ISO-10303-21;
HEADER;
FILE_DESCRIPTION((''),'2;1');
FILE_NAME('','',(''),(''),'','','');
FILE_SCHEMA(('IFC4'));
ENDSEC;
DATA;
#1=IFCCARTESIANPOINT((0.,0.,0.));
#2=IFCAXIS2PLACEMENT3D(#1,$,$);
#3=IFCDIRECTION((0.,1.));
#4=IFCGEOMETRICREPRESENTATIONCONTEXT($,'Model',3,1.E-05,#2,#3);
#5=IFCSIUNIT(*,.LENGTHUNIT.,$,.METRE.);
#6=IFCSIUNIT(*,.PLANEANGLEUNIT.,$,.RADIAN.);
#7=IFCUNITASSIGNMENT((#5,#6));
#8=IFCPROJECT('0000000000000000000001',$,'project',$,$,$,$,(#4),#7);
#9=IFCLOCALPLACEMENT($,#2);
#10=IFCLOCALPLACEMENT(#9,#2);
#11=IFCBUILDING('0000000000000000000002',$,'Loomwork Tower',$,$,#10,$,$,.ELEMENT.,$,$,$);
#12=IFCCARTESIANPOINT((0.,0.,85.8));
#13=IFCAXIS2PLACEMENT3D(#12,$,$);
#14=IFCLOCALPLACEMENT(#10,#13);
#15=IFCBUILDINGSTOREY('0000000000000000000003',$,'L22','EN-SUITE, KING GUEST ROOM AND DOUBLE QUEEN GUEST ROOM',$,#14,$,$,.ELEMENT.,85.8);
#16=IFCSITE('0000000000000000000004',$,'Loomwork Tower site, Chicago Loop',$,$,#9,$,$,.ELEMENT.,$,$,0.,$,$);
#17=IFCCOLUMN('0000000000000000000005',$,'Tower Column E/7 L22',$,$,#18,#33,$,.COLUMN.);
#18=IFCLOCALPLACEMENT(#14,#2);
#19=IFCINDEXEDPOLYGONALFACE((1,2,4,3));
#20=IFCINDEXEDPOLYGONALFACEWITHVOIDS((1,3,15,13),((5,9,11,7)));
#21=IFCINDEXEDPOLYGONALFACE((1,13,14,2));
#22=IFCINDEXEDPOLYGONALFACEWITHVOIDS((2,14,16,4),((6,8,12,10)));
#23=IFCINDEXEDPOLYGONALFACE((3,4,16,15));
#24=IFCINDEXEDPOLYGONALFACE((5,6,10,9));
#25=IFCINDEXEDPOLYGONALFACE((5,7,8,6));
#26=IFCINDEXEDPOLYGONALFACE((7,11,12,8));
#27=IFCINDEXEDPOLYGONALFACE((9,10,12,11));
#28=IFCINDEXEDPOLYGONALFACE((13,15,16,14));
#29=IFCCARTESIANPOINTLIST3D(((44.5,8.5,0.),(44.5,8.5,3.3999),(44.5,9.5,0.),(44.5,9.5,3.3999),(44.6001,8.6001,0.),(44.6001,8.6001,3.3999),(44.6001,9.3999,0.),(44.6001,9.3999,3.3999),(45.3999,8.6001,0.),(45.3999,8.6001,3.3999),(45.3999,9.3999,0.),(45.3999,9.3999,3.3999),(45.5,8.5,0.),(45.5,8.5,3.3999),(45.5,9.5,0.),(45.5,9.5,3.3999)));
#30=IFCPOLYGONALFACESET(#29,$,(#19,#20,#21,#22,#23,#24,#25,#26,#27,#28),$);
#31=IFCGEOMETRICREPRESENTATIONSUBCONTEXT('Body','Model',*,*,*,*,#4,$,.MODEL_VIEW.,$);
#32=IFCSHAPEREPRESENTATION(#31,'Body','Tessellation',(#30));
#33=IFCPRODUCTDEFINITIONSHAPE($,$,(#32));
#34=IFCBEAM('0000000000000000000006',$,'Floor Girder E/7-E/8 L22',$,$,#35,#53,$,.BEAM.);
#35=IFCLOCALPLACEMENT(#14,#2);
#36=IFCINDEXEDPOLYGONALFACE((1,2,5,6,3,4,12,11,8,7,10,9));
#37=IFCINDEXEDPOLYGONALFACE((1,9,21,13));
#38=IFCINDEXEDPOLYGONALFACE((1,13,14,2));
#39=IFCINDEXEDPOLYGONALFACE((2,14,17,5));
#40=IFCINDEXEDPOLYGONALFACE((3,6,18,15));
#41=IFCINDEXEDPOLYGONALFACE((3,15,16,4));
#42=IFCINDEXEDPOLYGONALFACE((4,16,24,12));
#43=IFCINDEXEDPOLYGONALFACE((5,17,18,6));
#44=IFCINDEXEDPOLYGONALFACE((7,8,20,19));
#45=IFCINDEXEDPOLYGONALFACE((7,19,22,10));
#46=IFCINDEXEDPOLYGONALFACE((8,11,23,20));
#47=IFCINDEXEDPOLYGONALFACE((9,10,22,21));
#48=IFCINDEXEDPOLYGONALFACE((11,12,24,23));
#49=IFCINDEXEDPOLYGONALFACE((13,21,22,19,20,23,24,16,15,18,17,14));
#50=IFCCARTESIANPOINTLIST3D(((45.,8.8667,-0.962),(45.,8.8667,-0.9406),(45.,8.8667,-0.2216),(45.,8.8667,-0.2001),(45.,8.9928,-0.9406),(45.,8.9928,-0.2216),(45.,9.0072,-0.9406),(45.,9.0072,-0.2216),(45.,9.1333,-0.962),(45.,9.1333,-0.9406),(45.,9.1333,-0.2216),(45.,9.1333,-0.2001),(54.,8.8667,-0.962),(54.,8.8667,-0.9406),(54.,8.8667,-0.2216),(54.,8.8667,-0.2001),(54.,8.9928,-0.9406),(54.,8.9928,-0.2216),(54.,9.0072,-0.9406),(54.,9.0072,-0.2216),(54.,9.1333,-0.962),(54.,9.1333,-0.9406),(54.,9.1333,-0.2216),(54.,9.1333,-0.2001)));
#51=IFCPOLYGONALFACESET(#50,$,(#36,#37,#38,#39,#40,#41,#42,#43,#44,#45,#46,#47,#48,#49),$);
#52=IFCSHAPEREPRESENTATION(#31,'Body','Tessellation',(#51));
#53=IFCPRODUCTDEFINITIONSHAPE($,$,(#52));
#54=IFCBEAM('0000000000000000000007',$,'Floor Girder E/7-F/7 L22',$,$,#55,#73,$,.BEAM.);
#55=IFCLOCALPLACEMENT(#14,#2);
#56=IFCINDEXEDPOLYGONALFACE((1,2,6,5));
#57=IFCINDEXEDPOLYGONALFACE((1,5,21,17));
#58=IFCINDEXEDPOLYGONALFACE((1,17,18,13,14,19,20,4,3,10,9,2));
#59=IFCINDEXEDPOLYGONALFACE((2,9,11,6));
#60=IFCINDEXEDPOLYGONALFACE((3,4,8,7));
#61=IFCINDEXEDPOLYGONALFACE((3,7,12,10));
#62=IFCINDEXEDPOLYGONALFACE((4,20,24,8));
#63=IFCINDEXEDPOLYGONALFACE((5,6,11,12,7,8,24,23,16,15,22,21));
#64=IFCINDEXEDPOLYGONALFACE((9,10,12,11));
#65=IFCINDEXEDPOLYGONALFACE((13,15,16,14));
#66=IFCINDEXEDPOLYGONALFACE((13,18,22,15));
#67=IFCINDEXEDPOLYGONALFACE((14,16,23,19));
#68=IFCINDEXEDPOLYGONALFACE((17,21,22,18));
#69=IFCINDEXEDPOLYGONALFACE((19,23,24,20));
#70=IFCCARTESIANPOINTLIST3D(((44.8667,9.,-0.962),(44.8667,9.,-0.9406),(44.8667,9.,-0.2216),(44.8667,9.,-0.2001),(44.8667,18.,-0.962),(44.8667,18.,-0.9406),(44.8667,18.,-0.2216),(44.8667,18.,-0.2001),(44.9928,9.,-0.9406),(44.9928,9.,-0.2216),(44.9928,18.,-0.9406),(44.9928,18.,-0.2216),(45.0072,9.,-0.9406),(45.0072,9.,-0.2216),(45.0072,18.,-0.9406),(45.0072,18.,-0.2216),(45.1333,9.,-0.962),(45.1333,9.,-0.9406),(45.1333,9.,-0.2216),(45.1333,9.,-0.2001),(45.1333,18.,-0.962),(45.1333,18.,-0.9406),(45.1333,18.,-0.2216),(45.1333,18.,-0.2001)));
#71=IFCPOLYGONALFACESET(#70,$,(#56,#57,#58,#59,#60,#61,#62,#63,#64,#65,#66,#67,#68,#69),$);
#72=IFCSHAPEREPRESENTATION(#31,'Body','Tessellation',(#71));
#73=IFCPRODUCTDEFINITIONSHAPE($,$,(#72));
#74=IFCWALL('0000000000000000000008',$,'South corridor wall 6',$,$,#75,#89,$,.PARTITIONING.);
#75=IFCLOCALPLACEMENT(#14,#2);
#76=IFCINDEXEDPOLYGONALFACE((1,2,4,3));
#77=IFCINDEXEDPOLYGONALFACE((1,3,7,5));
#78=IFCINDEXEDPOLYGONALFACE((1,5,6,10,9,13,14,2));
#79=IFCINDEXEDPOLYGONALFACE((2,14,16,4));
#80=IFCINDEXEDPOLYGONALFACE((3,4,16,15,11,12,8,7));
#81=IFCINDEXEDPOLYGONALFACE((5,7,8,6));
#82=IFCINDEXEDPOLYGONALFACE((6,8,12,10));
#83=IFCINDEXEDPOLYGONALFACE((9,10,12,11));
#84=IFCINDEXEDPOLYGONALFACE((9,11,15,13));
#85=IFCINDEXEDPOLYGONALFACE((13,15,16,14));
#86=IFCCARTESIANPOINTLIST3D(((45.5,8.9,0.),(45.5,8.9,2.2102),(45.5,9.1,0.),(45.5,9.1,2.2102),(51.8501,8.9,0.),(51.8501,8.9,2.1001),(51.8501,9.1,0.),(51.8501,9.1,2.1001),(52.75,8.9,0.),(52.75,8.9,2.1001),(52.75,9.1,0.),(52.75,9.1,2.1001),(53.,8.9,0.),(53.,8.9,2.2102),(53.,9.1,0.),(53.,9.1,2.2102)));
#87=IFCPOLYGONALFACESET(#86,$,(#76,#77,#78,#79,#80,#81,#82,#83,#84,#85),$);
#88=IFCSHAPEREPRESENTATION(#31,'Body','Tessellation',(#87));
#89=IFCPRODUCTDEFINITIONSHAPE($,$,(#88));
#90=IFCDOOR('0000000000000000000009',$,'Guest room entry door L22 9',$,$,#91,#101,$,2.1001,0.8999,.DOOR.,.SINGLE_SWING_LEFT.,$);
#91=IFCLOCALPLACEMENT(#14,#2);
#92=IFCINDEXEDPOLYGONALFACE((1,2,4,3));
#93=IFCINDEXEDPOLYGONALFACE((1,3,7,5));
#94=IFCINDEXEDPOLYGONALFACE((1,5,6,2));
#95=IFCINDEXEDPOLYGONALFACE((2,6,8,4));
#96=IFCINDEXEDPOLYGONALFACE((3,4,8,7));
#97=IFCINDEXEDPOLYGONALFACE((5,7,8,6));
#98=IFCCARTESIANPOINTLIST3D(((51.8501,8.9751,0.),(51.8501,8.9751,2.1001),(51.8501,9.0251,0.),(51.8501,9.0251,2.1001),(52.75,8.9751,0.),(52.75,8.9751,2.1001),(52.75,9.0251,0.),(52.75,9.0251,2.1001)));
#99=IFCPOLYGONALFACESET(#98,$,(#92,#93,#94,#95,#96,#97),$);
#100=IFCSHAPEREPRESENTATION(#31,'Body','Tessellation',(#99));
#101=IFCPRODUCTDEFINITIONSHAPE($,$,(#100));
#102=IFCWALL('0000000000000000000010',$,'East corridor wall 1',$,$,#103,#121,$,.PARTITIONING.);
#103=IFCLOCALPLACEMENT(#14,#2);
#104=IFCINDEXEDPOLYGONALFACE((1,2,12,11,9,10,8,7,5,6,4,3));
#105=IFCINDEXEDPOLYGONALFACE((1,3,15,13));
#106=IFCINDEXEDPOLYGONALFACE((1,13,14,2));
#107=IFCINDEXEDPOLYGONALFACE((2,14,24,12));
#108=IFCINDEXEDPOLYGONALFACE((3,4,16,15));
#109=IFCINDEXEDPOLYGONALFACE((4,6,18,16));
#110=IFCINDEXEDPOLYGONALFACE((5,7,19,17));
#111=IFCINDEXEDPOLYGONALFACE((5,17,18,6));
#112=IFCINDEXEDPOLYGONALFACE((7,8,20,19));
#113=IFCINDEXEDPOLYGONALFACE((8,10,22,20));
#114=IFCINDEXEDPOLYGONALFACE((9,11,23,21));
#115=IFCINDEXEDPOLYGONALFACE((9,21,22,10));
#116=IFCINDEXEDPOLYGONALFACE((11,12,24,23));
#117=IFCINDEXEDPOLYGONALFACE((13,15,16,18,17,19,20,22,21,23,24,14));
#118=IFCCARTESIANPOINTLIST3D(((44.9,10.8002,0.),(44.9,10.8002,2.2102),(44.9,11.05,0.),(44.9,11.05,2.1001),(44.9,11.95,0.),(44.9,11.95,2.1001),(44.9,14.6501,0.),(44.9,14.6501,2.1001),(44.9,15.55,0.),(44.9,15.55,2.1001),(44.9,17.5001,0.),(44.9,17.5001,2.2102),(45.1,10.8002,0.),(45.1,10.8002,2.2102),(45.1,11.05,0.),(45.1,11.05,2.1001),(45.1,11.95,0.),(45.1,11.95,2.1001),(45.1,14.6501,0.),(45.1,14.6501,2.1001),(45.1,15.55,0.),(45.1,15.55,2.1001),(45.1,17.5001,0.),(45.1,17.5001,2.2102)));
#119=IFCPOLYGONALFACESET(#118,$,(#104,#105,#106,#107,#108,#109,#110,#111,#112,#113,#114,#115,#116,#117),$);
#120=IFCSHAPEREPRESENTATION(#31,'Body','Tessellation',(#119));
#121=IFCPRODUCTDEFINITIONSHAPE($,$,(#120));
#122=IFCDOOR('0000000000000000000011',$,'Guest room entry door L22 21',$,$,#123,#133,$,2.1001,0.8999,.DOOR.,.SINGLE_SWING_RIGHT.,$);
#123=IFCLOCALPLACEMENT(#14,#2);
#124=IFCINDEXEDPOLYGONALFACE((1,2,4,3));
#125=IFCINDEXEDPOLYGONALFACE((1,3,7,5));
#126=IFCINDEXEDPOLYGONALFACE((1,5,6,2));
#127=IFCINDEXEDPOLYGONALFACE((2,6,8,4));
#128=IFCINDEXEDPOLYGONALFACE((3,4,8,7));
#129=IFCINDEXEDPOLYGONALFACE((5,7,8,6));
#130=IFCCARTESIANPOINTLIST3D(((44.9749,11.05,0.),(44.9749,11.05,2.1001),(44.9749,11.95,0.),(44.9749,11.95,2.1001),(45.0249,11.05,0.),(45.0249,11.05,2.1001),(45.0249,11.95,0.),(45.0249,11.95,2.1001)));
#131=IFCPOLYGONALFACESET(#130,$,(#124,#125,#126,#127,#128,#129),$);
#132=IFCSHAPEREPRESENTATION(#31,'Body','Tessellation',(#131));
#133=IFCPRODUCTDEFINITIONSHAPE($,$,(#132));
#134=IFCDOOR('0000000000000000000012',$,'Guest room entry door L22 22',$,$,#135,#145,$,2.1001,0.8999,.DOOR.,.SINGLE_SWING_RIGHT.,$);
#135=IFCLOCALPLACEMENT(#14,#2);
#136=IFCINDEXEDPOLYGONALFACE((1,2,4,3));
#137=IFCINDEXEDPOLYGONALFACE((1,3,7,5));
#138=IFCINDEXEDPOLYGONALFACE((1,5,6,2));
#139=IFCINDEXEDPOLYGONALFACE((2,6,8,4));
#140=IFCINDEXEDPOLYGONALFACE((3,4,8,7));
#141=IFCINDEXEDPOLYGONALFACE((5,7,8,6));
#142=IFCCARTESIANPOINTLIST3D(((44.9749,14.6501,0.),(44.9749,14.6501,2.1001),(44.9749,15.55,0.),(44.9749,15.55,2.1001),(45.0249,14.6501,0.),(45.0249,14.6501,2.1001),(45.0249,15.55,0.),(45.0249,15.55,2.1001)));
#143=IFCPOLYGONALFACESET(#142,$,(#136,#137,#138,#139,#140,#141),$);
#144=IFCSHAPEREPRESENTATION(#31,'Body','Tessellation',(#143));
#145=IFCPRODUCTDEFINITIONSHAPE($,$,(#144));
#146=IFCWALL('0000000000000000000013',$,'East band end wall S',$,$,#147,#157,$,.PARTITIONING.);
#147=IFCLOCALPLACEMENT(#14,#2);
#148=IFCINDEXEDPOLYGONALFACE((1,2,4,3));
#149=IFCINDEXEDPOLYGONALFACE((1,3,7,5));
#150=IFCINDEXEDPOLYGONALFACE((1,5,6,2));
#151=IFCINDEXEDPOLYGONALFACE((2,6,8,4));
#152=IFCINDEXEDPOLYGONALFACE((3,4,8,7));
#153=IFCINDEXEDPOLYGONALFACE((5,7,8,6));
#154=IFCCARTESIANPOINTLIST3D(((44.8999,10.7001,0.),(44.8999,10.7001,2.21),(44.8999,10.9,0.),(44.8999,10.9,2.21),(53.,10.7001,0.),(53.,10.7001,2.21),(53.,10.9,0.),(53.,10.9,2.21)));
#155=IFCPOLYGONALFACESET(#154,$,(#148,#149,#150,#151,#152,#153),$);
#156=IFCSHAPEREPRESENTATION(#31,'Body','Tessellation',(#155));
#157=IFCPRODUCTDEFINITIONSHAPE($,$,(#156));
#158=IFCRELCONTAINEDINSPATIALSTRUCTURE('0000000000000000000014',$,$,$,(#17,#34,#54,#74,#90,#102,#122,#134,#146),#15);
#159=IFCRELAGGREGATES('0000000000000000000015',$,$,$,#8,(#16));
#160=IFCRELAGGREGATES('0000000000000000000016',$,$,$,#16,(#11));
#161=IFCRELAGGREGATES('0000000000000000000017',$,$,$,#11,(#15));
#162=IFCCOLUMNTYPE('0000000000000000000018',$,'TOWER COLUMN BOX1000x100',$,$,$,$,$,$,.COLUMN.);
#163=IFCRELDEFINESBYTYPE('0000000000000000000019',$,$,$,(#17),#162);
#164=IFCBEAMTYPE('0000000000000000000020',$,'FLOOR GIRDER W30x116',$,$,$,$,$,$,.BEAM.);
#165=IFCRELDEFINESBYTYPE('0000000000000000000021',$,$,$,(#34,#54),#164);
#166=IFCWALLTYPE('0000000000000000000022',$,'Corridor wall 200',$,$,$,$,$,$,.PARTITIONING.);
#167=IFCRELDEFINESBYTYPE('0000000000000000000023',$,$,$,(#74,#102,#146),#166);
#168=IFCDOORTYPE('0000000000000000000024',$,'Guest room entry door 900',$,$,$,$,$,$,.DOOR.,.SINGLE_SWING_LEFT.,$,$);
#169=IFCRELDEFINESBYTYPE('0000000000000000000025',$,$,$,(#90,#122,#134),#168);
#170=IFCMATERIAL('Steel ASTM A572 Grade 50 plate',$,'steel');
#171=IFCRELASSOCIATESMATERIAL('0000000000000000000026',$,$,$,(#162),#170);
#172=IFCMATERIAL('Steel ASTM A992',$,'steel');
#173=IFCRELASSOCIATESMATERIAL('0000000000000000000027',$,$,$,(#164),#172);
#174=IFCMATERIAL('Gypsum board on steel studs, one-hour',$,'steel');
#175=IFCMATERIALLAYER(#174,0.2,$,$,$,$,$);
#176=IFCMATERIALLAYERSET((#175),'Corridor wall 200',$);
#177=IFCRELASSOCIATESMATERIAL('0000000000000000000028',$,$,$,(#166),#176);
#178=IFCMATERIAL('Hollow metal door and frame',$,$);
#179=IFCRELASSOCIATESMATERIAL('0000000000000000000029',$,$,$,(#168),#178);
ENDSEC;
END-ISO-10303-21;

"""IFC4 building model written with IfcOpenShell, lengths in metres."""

from ifc_helpers import new_model, si_unit, direction, frame, frame_2d, origin, origin_2d, place, context, subcontext, project, spatial, rectangle, hollow_rectangle, i_section, extrude, material, layer, layer_set, material_profile, profile_set, type_object, element, fill, save


model = new_model("IFC4")

# Units and contexts
model_context = context("Model", 3, precision=1e-05, world=origin(), true_north=direction((0.0, 1.0)))
body_context = subcontext(model_context, "Body", "Model", "MODEL_VIEW")
ifc_project = project(units=[si_unit("LENGTHUNIT", "METRE"), si_unit("PLANEANGLEUNIT", "RADIAN")], contexts=[model_context])

# Site, building, storey
site_placement = place(None, origin())
site = spatial("IfcSite", under=ifc_project, at=site_placement, Name="Loomwork Tower site, Chicago Loop", CompositionType="ELEMENT", RefElevation=0.0)
building_placement = place(site_placement, origin())
building = spatial("IfcBuilding", under=site, at=building_placement, Name="Loomwork Tower", CompositionType="ELEMENT")
storey_placement = place(building_placement, frame((0.0, 0.0, 85.8)))
storey = spatial("IfcBuildingStorey", under=building, at=storey_placement, Name="L22", Description="EN-SUITE, KING GUEST ROOM AND DOUBLE QUEEN GUEST ROOM", CompositionType="ELEMENT", Elevation=85.8)

# Column
ifc_material_1 = material(Name="Steel ASTM A572 Grade 50 plate", Category="steel")
ifc_material_profile_1 = material_profile(ifc_material_1, hollow_rectangle(XDim=1.0, YDim=1.0, WallThickness=0.1001, at=origin_2d()), Name="BOX1000x100")
ifc_profile_set_1 = profile_set([ifc_material_profile_1], Name="Steel ASTM A572 Grade 50 plate")
column_type = type_object("IfcColumnType", Name="TOWER COLUMN BOX1000x100", PredefinedType="COLUMN", material=ifc_profile_set_1)
column_placement = place(storey_placement, frame((45.0, 9.0, 0.0), z_axis=(0.0, 0.0, 1.0), x_axis=(0.0, 1.0, 0.0)))
element("IfcColumn", 1, at=column_placement, inside=storey, type_object=column_type, Name="Tower Column E/7 L22", PredefinedType="COLUMN", context=body_context, shape_type="SweptSolid", body=[
    extrude(hollow_rectangle(XDim=1.0, YDim=1.0, WallThickness=0.1001, at=origin_2d()), origin(), (0.0, 0.0, 1.0), 3.3999),
])

# Beams
ifc_material_2 = material(Name="Steel ASTM A992", Category="steel")
ifc_material_profile_2 = material_profile(ifc_material_2, i_section(OverallWidth=0.2666, OverallDepth=0.762, WebThickness=0.0144, FlangeThickness=0.0215, at=origin_2d()), Name="W30x116")
ifc_profile_set_2 = profile_set([ifc_material_profile_2], Name="Steel ASTM A992")
beam_type = type_object("IfcBeamType", Name="FLOOR GIRDER W30x116", PredefinedType="BEAM", material=ifc_profile_set_2)
for number, where, z_axis, x_axis, name in (
    (2, (45.0, 9.0, -0.5811), (1.0, 0.0, 0.0), (0.0, 1.0, 0.0), "Floor Girder E/7-E/8 L22"),
    (3, (45.0, 9.0, -0.5811), (0.0, 1.0, 0.0), (-1.0, 0.0, 0.0), "Floor Girder E/7-F/7 L22"),
):
    element("IfcBeam", number, at=place(storey_placement, frame(where, z_axis=z_axis, x_axis=x_axis)), inside=storey, type_object=beam_type, Name=name, PredefinedType="BEAM", context=body_context, shape_type="SweptSolid", body=[
        extrude(i_section(OverallWidth=0.2666, OverallDepth=0.762, WebThickness=0.0144, FlangeThickness=0.0215, at=origin_2d()), origin(), (0.0, 0.0, 1.0), 9.0),
    ])

# Wall, opening, door
ifc_material_3 = material(Name="Gypsum board on steel studs, one-hour", Category="steel")
ifc_layer_1 = layer(ifc_material_3, 0.2)
ifc_layer_set_1 = layer_set([ifc_layer_1], Name="Corridor wall 200")
wall_type_1 = type_object("IfcWallType", Name="Corridor wall 200", PredefinedType="PARTITIONING", material=ifc_layer_set_1)
wall_1_placement = place(storey_placement, frame((45.5, 9.0, 0.0), z_axis=(0.0, 0.0, 1.0), x_axis=(1.0, 0.0, 0.0)))
wall_1 = element("IfcWall", 4, at=wall_1_placement, inside=storey, type_object=wall_type_1, Name="South corridor wall 6", PredefinedType="PARTITIONING", context=body_context, shape_type="SweptSolid", body=[
    extrude(rectangle(XDim=7.5, YDim=0.2, at=frame_2d((3.75, 0.0))), origin(), (0.0, 0.0, 1.0), 2.2102),
])
opening_1_placement = place(wall_1_placement, frame((6.3501, 0.0, 0.0)))
opening_1 = element("IfcOpeningElement", 5, at=opening_1_placement, cuts=wall_1, PredefinedType="OPENING", context=body_context, shape_type="SweptSolid", body=[
    extrude(rectangle(XDim=0.8999, YDim=2.1001, at=frame_2d((0.45, 1.05))), frame((0.0, 0.1099, 0.0), z_axis=(0.0, -1.0, 0.0), x_axis=(1.0, 0.0, 0.0)), (0.0, 0.0, 1.0), 0.22),
])
ifc_material_4 = material(Name="Hollow metal door and frame")
door_type_1 = type_object("IfcDoorType", Name="Guest room entry door 900", OperationType="SINGLE_SWING_LEFT", PredefinedType="DOOR", material=ifc_material_4)
door_1_placement = place(opening_1_placement, frame((0.8999, 0.0, 0.0), z_axis=(0.0, 0.0, 1.0), x_axis=(-1.0, 0.0, 0.0)))
door_1 = element("IfcDoor", 6, at=door_1_placement, inside=storey, type_object=door_type_1, Name="Guest room entry door L22 9", OperationType="SINGLE_SWING_LEFT", OverallHeight=2.1001, OverallWidth=0.8999, PredefinedType="DOOR", context=body_context, shape_type="SweptSolid", body=[
    extrude(rectangle(XDim=0.8999, YDim=2.1001, at=frame_2d((0.45, 1.05))), frame((0.0, 0.0249, 0.0), z_axis=(0.0, -1.0, 0.0), x_axis=(1.0, 0.0, 0.0)), (0.0, 0.0, 1.0), 0.05),
])
fill(opening_1, door_1)

# Wall, openings, doors
wall_2_placement = place(storey_placement, frame((45.0, 10.8, 0.0), z_axis=(0.0, 0.0, 1.0), x_axis=(0.0, 1.0, 0.0)))
wall_2 = element("IfcWall", 7, at=wall_2_placement, inside=storey, type_object=wall_type_1, Name="East corridor wall 1", PredefinedType="PARTITIONING", context=body_context, shape_type="SweptSolid", body=[
    extrude(rectangle(XDim=6.7, YDim=0.2, at=frame_2d((3.3501, 0.0))), origin(), (0.0, 0.0, 1.0), 2.2102),
])
opening_2_placement = place(wall_2_placement, frame((0.25, 0.0, 0.0)))
opening_2 = element("IfcOpeningElement", 8, at=opening_2_placement, cuts=wall_2, PredefinedType="OPENING", context=body_context, shape_type="SweptSolid", body=[
    extrude(rectangle(XDim=0.8999, YDim=2.1001, at=frame_2d((0.45, 1.05))), frame((0.0, 0.1099, 0.0), z_axis=(0.0, -1.0, 0.0), x_axis=(1.0, 0.0, 0.0)), (0.0, 0.0, 1.0), 0.22),
])
opening_3_placement = place(wall_2_placement, frame((3.8501, 0.0, 0.0)))
opening_3 = element("IfcOpeningElement", 9, at=opening_3_placement, cuts=wall_2, PredefinedType="OPENING", context=body_context, shape_type="SweptSolid", body=[
    extrude(rectangle(XDim=0.8999, YDim=2.1001, at=frame_2d((0.45, 1.05))), frame((0.0, 0.1099, 0.0), z_axis=(0.0, -1.0, 0.0), x_axis=(1.0, 0.0, 0.0)), (0.0, 0.0, 1.0), 0.22),
])
door_2_placement = place(opening_2_placement, frame((0.8999, 0.0, 0.0), z_axis=(0.0, 0.0, 1.0), x_axis=(-1.0, 0.0, 0.0)))
door_2 = element("IfcDoor", 10, at=door_2_placement, inside=storey, type_object=door_type_1, Name="Guest room entry door L22 21", OperationType="SINGLE_SWING_RIGHT", OverallHeight=2.1001, OverallWidth=0.8999, PredefinedType="DOOR", context=body_context, shape_type="SweptSolid", body=[
    extrude(rectangle(XDim=0.8999, YDim=2.1001, at=frame_2d((0.45, 1.05))), frame((0.0, 0.0249, 0.0), z_axis=(0.0, -1.0, 0.0), x_axis=(1.0, 0.0, 0.0)), (0.0, 0.0, 1.0), 0.05),
])
fill(opening_2, door_2)
door_3_placement = place(opening_3_placement, frame((0.8999, 0.0, 0.0), z_axis=(0.0, 0.0, 1.0), x_axis=(-1.0, 0.0, 0.0)))
door_3 = element("IfcDoor", 11, at=door_3_placement, inside=storey, type_object=door_type_1, Name="Guest room entry door L22 22", OperationType="SINGLE_SWING_RIGHT", OverallHeight=2.1001, OverallWidth=0.8999, PredefinedType="DOOR", context=body_context, shape_type="SweptSolid", body=[
    extrude(rectangle(XDim=0.8999, YDim=2.1001, at=frame_2d((0.45, 1.05))), frame((0.0, 0.0249, 0.0), z_axis=(0.0, -1.0, 0.0), x_axis=(1.0, 0.0, 0.0)), (0.0, 0.0, 1.0), 0.05),
])
fill(opening_3, door_3)

# Wall
wall_3_placement = place(storey_placement, frame((44.8999, 10.8, 0.0), z_axis=(0.0, 0.0, 1.0), x_axis=(1.0, 0.0, 0.0)))
element("IfcWall", 12, at=wall_3_placement, inside=storey, type_object=wall_type_1, Name="East band end wall S", PredefinedType="PARTITIONING", context=body_context, shape_type="SweptSolid", body=[
    extrude(rectangle(XDim=8.1001, YDim=0.2, at=frame_2d((4.05, 0.0))), origin(), (0.0, 0.0, 1.0), 2.21),
])

save(model, "model.ifc")
